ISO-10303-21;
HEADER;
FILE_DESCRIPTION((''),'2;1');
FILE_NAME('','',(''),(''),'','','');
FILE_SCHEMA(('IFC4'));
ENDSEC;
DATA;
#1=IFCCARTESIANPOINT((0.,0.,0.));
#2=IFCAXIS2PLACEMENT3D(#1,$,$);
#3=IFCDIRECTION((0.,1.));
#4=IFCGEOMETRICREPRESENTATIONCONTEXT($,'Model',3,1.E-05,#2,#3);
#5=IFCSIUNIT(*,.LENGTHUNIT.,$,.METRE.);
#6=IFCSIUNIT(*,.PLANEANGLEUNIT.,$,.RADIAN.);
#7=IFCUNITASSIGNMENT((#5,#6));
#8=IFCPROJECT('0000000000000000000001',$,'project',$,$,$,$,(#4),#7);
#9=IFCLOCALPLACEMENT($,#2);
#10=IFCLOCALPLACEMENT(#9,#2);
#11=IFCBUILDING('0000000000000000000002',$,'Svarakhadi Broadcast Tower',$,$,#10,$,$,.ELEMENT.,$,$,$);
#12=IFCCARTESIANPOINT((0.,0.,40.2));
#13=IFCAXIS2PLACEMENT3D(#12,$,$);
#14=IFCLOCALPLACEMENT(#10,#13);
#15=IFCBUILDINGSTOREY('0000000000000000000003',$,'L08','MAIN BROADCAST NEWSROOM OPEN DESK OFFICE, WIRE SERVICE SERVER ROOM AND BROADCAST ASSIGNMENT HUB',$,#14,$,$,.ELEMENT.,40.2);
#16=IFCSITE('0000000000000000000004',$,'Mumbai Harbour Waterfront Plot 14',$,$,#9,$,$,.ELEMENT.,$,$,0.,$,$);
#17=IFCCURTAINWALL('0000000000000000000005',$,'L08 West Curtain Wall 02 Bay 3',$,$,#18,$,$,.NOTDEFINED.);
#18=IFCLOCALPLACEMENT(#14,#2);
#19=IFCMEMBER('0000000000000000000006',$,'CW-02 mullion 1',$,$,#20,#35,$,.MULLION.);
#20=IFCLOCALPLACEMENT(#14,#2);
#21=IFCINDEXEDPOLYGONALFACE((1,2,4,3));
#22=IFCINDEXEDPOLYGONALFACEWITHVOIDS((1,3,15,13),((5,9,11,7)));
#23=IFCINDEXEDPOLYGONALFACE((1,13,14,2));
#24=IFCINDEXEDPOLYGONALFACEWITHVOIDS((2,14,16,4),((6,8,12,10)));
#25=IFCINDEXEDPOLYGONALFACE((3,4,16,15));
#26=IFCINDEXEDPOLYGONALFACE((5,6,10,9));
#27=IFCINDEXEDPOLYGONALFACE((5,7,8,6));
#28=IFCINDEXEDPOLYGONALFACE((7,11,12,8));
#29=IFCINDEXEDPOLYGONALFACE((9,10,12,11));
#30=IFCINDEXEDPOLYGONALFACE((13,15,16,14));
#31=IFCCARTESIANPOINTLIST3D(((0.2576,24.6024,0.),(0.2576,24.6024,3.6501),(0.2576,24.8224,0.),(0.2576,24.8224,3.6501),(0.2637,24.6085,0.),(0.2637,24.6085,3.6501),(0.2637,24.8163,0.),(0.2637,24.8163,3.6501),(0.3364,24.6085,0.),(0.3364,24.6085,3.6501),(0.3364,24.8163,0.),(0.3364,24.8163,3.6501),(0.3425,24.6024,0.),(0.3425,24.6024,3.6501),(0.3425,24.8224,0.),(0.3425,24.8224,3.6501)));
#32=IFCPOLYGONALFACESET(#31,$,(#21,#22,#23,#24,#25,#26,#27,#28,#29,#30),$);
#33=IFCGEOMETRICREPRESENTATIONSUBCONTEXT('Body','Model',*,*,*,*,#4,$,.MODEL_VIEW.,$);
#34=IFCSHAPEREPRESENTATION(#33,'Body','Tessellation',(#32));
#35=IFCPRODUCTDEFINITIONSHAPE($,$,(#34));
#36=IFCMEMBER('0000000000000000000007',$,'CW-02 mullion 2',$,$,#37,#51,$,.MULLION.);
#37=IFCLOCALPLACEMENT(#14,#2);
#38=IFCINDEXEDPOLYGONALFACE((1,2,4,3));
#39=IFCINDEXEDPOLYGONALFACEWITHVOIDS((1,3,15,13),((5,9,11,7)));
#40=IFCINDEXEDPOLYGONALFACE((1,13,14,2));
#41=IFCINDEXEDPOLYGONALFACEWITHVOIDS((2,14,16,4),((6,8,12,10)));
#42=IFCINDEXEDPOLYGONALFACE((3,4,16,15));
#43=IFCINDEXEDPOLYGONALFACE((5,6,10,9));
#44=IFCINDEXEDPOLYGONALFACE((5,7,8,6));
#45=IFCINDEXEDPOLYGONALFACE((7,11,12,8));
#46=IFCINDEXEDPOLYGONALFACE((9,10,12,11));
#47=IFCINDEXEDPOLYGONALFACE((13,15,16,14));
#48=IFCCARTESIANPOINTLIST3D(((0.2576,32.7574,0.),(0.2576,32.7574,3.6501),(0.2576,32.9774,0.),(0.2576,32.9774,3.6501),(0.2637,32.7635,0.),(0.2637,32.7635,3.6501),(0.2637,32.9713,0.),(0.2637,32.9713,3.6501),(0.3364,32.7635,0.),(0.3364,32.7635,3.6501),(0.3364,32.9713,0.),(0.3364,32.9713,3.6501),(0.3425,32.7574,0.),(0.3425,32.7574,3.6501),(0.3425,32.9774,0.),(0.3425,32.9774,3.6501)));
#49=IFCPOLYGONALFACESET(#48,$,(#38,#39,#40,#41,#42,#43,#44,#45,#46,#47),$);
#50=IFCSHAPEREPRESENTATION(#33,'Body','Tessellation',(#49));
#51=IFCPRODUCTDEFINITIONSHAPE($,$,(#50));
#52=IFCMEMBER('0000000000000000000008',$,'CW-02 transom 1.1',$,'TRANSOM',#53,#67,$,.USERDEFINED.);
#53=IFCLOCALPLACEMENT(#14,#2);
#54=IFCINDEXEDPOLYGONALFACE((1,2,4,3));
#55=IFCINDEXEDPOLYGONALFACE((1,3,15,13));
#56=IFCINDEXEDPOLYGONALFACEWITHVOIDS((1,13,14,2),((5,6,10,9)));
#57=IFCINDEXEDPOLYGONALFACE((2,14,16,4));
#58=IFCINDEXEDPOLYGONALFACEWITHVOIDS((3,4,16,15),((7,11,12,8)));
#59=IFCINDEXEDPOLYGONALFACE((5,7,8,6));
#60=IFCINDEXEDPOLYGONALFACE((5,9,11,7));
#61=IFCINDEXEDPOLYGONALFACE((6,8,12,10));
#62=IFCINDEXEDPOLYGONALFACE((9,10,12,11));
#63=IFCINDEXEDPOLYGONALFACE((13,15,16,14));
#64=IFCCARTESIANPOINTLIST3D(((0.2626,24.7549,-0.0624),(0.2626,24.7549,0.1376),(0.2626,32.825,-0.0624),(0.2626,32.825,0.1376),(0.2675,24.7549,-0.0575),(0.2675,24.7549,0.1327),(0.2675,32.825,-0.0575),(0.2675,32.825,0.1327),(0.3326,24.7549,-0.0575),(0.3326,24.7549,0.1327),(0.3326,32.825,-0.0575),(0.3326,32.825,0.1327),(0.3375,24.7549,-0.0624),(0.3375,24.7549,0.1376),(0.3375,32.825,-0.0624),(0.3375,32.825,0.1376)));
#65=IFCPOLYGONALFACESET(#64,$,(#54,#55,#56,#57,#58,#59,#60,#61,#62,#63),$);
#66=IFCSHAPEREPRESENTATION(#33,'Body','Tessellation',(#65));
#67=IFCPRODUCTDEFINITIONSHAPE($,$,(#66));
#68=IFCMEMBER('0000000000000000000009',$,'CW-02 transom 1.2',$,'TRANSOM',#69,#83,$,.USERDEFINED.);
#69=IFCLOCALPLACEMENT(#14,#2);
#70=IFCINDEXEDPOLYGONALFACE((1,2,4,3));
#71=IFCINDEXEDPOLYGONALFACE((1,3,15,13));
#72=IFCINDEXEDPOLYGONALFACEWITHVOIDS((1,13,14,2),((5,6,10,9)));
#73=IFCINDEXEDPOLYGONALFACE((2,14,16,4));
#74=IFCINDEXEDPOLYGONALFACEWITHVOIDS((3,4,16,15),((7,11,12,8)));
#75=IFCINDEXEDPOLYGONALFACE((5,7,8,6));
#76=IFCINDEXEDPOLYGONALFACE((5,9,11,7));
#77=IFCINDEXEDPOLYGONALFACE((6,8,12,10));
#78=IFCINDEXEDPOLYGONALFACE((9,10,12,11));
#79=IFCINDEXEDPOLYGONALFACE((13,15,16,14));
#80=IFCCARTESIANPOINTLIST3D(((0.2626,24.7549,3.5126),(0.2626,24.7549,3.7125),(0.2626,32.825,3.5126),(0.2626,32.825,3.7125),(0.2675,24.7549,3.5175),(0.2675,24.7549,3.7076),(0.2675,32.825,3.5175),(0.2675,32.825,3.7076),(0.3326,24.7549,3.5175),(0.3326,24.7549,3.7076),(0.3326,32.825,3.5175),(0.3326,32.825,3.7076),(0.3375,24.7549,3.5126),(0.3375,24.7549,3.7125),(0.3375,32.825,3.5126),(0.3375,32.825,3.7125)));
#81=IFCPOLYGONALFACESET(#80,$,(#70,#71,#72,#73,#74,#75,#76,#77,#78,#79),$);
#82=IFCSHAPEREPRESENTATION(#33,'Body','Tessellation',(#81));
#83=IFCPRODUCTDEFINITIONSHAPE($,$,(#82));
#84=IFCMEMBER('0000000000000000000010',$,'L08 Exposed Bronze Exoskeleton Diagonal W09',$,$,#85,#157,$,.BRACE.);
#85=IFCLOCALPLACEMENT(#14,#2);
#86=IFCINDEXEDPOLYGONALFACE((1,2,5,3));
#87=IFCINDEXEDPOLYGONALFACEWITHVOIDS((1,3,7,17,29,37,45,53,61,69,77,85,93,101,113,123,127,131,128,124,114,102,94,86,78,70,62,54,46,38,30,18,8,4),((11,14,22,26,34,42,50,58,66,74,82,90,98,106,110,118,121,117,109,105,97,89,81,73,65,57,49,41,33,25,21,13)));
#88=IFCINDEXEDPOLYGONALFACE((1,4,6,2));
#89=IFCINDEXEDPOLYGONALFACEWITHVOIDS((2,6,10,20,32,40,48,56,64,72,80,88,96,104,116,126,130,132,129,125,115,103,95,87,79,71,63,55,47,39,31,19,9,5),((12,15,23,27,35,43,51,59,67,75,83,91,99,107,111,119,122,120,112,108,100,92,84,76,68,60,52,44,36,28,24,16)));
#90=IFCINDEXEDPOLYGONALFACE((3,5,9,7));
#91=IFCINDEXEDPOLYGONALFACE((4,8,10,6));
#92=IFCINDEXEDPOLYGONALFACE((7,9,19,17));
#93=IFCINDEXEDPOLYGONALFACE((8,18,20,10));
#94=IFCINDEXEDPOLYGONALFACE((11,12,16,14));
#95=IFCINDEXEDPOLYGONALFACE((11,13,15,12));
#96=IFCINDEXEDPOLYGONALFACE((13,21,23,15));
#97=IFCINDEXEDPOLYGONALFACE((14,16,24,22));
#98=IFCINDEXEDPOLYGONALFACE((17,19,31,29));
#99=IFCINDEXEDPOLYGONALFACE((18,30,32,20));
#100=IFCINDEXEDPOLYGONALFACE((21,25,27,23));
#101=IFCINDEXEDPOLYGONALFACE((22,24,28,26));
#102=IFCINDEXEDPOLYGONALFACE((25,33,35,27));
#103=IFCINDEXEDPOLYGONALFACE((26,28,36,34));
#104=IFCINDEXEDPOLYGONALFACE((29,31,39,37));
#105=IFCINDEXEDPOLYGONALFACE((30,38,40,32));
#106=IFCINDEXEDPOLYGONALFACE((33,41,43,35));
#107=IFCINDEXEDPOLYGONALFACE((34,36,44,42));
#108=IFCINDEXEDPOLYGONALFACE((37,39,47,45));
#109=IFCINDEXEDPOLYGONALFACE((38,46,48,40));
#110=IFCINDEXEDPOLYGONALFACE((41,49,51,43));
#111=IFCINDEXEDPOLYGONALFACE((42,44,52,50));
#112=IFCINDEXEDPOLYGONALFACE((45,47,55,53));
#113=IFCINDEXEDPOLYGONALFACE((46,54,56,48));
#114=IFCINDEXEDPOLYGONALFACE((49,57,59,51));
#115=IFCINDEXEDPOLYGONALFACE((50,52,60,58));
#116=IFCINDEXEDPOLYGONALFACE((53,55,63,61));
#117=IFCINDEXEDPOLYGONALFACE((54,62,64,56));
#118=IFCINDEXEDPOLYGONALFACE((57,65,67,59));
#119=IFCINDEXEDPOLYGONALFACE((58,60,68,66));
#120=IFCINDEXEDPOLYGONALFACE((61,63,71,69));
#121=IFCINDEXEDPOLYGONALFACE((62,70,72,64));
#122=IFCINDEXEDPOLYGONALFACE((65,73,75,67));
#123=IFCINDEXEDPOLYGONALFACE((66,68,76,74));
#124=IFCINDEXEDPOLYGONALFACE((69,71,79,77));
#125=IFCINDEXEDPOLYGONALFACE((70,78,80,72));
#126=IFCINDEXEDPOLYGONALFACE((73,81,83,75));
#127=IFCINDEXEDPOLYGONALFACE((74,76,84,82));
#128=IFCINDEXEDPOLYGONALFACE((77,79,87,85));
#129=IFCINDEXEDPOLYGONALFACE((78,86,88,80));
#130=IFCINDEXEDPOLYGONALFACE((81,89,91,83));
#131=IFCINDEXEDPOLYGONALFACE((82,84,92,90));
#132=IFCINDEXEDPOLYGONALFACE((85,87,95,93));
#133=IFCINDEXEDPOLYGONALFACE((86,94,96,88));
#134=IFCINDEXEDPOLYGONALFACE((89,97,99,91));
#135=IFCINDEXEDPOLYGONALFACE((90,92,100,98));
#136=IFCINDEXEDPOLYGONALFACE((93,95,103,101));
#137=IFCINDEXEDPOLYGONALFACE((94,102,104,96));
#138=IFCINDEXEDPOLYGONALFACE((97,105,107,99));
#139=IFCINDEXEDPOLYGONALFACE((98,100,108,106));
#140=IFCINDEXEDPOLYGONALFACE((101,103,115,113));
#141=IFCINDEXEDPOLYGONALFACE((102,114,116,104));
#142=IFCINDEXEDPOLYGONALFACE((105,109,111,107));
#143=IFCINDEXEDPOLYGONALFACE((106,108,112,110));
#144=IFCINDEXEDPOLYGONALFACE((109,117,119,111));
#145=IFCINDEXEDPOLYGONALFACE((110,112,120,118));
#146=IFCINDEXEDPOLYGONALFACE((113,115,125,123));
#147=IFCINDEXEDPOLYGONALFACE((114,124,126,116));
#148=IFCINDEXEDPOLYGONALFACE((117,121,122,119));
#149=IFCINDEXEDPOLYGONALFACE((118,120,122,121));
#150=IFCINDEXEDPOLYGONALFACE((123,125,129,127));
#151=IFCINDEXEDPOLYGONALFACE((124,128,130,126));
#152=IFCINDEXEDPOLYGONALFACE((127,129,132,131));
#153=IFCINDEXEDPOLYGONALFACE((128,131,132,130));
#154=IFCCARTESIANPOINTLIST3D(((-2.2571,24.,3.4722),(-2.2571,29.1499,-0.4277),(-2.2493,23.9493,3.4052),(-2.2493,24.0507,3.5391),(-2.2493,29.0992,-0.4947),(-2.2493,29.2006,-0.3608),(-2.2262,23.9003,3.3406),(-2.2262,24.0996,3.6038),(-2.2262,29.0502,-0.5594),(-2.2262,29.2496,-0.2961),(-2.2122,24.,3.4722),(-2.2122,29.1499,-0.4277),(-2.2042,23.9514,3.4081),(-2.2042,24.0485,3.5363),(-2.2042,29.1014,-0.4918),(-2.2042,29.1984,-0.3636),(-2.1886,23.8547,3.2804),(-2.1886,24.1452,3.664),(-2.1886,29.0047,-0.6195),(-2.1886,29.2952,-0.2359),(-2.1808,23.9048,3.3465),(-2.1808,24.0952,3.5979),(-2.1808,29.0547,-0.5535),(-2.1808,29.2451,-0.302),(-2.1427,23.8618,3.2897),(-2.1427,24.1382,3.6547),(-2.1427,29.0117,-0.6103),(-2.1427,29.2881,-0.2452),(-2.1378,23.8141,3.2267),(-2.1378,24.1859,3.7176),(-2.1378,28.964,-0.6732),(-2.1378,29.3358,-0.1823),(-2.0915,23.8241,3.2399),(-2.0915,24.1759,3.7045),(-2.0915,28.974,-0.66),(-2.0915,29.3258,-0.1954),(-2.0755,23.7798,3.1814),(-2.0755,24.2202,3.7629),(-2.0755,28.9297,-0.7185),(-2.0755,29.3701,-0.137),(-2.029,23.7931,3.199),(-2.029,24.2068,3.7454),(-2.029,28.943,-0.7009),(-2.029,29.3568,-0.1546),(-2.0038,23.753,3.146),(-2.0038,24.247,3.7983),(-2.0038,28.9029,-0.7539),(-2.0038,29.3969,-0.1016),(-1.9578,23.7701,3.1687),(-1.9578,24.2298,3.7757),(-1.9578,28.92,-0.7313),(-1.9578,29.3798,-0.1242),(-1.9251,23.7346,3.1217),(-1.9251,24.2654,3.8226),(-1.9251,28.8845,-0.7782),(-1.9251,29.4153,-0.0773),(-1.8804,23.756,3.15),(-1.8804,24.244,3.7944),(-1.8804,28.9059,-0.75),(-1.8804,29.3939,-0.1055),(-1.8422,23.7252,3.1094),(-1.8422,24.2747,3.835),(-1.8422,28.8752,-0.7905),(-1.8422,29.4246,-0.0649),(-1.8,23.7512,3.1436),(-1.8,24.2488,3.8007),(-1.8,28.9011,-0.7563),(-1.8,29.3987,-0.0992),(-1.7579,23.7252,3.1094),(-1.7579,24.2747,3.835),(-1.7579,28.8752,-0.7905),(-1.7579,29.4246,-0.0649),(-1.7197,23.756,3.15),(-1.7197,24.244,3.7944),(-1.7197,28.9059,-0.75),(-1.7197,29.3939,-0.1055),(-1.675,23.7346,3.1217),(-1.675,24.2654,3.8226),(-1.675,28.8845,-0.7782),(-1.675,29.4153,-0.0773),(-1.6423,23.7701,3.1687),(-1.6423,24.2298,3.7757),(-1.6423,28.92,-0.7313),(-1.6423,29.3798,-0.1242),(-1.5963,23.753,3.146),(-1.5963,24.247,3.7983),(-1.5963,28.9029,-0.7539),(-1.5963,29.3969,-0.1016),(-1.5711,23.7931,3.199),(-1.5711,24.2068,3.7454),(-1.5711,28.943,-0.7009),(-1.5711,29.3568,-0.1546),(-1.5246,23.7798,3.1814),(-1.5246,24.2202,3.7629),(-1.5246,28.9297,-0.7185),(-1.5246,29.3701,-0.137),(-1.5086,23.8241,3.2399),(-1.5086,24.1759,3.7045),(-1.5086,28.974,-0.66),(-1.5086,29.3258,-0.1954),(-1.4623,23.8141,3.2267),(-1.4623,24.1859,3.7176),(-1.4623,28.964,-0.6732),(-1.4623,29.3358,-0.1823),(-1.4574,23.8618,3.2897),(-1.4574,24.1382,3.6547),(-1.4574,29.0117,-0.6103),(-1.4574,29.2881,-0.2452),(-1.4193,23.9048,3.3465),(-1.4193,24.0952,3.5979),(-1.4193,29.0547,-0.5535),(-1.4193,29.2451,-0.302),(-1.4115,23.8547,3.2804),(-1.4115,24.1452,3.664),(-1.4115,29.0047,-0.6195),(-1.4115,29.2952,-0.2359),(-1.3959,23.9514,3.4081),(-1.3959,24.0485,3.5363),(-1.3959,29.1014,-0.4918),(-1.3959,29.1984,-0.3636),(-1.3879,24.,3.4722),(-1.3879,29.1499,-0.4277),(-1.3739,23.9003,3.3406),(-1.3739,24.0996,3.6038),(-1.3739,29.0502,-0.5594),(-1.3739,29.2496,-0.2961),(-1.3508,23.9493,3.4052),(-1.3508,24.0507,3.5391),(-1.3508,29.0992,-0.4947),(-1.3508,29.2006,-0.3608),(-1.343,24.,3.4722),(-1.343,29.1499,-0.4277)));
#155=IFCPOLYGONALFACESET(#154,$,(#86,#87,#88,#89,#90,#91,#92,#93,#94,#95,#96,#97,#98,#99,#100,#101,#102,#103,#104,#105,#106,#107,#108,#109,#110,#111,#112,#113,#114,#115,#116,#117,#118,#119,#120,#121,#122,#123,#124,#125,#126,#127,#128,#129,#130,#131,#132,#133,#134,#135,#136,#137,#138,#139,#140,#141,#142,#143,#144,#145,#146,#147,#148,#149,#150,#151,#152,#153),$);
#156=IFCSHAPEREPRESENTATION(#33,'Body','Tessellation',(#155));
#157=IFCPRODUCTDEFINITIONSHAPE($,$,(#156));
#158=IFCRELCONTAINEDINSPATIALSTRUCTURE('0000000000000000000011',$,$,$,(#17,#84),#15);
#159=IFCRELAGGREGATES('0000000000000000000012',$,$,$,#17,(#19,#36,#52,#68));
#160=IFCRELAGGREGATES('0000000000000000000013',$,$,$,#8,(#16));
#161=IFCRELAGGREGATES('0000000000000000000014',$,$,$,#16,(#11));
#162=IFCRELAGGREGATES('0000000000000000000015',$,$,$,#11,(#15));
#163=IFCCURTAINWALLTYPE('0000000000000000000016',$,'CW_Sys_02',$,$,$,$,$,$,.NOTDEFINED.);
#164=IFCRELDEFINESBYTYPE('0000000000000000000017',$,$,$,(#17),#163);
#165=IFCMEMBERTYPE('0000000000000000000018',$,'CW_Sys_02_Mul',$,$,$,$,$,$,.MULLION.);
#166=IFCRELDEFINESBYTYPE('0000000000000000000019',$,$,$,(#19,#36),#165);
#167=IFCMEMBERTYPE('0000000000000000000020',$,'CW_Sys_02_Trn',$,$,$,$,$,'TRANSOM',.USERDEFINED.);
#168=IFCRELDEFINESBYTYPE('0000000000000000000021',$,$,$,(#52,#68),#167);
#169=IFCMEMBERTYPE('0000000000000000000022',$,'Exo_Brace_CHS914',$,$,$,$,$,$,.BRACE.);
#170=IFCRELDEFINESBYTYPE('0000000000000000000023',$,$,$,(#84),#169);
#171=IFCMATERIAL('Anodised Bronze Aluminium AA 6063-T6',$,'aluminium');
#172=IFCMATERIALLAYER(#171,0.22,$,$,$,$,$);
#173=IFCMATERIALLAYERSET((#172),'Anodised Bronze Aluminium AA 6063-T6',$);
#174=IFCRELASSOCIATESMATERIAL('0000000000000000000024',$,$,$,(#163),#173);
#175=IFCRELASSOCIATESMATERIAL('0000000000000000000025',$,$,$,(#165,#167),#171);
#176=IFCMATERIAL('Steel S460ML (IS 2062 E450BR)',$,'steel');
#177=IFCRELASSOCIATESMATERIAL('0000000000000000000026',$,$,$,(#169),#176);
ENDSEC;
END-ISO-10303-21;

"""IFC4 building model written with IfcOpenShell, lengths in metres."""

from ifc_helpers import new_model, si_unit, direction, frame, origin, origin_2d, place, context, subcontext, project, spatial, hollow_rectangle, hollow_circle, extrude, material, layer, layer_set, material_profile, profile_set, type_object, element, aggregate, save


model = new_model("IFC4")

# Units and contexts
model_context = context("Model", 3, precision=1e-05, world=origin(), true_north=direction((0.0, 1.0)))
body_context = subcontext(model_context, "Body", "Model", "MODEL_VIEW")
ifc_project = project(units=[si_unit("LENGTHUNIT", "METRE"), si_unit("PLANEANGLEUNIT", "RADIAN")], contexts=[model_context])

# Site, building, storey
site_placement = place(None, origin())
site = spatial("IfcSite", under=ifc_project, at=site_placement, Name="Mumbai Harbour Waterfront Plot 14", CompositionType="ELEMENT", RefElevation=0.0)
building_placement = place(site_placement, origin())
building = spatial("IfcBuilding", under=site, at=building_placement, Name="Svarakhadi Broadcast Tower", CompositionType="ELEMENT")
storey_placement = place(building_placement, frame((0.0, 0.0, 40.2)))
storey = spatial("IfcBuildingStorey", under=building, at=storey_placement, Name="L08", Description="MAIN BROADCAST NEWSROOM OPEN DESK OFFICE, WIRE SERVICE SERVER ROOM AND BROADCAST ASSIGNMENT HUB", CompositionType="ELEMENT", Elevation=40.2)

# Shared definitions
ifc_material_1 = material(Name="Steel S460ML (IS 2062 E450BR)", Category="steel")

# Curtain wall, members
ifc_material_2 = material(Name="Anodised Bronze Aluminium AA 6063-T6", Category="aluminium")
ifc_layer_1 = layer(ifc_material_2, 0.22)
ifc_layer_set_1 = layer_set([ifc_layer_1], Name="Anodised Bronze Aluminium AA 6063-T6")
curtain_wall_type = type_object("IfcCurtainWallType", Name="CW_Sys_02", PredefinedType="NOTDEFINED", material=ifc_layer_set_1)
curtain_wall_placement = place(storey_placement, origin())
curtain_wall = element("IfcCurtainWall", 1, at=curtain_wall_placement, inside=storey, type_object=curtain_wall_type, Name="L08 West Curtain Wall 02 Bay 3", PredefinedType="NOTDEFINED")
ifc_material_profile_1 = material_profile(ifc_material_2, hollow_rectangle(XDim=0.085, YDim=0.22, WallThickness=0.0061, at=origin_2d()), Name="ALU MULLION 220x85x6")
ifc_profile_set_1 = profile_set([ifc_material_profile_1], Name="Anodised Bronze Aluminium AA 6063-T6")
member_type_1 = type_object("IfcMemberType", Name="CW_Sys_02_Mul", PredefinedType="MULLION", material=ifc_profile_set_1)
member_1_placement = place(storey_placement, frame((0.3, 24.7124, 0.0), z_axis=(0.0, 0.0, 1.0), x_axis=(-1.0, 0.0, 0.0)))
member_1 = element("IfcMember", 2, at=member_1_placement, type_object=member_type_1, Name="CW-02 mullion 1", PredefinedType="MULLION", context=body_context, shape_type="SweptSolid", body=[
    extrude(hollow_rectangle(XDim=0.085, YDim=0.22, WallThickness=0.0061, at=origin_2d()), origin(), (0.0, 0.0, 1.0), 3.6501),
])
member_2_placement = place(storey_placement, frame((0.3, 32.8674, 0.0), z_axis=(0.0, 0.0, 1.0), x_axis=(-1.0, 0.0, 0.0)))
member_2 = element("IfcMember", 3, at=member_2_placement, type_object=member_type_1, Name="CW-02 mullion 2", PredefinedType="MULLION", context=body_context, shape_type="SweptSolid", body=[
    extrude(hollow_rectangle(XDim=0.085, YDim=0.22, WallThickness=0.0061, at=origin_2d()), origin(), (0.0, 0.0, 1.0), 3.6501),
])
ifc_material_profile_2 = material_profile(ifc_material_2, hollow_rectangle(XDim=0.075, YDim=0.2, WallThickness=0.0049, at=origin_2d()), Name="ALU TRANSOM 200x75x5")
ifc_profile_set_2 = profile_set([ifc_material_profile_2], Name="Anodised Bronze Aluminium AA 6063-T6")
member_type_2 = type_object("IfcMemberType", Name="CW_Sys_02_Trn", ElementType="TRANSOM", PredefinedType="USERDEFINED", material=ifc_profile_set_2)
member_3_placement = place(storey_placement, frame((0.3, 24.7549, 0.0376), z_axis=(0.0, 1.0, 0.0), x_axis=(-1.0, 0.0, 0.0)))
member_3 = element("IfcMember", 4, at=member_3_placement, type_object=member_type_2, Name="CW-02 transom 1.1", ObjectType="TRANSOM", PredefinedType="USERDEFINED", context=body_context, shape_type="SweptSolid", body=[
    extrude(hollow_rectangle(XDim=0.075, YDim=0.2, WallThickness=0.0049, at=origin_2d()), origin(), (0.0, 0.0, 1.0), 8.0701),
])
member_4_placement = place(storey_placement, frame((0.3, 24.7549, 3.6125), z_axis=(0.0, 1.0, 0.0), x_axis=(-1.0, 0.0, 0.0)))
member_4 = element("IfcMember", 5, at=member_4_placement, type_object=member_type_2, Name="CW-02 transom 1.2", ObjectType="TRANSOM", PredefinedType="USERDEFINED", context=body_context, shape_type="SweptSolid", body=[
    extrude(hollow_rectangle(XDim=0.075, YDim=0.2, WallThickness=0.0049, at=origin_2d()), origin(), (0.0, 0.0, 1.0), 8.0701),
])

# Member
ifc_material_profile_3 = material_profile(ifc_material_1, hollow_circle(Radius=0.457, WallThickness=0.0449, at=origin_2d()), Name="CHS 914x45")
ifc_profile_set_3 = profile_set([ifc_material_profile_3], Name="Steel S460ML (IS 2062 E450BR)")
member_type_3 = type_object("IfcMemberType", Name="Exo_Brace_CHS914", PredefinedType="BRACE", material=ifc_profile_set_3)
member_5_placement = place(storey_placement, frame((-1.8, 29.1499, -0.4277), z_axis=(0.0, -0.797207, 0.603706), x_axis=(1.0, 0.0, 0.0)))
element("IfcMember", 6, at=member_5_placement, inside=storey, type_object=member_type_3, Name="L08 Exposed Bronze Exoskeleton Diagonal W09", PredefinedType="BRACE", context=body_context, shape_type="SweptSolid", body=[
    extrude(hollow_circle(Radius=0.457, WallThickness=0.0449, at=origin_2d()), origin(), (0.0, 0.0, 1.0), 6.46),
])

aggregate(curtain_wall, [member_1, member_2, member_3, member_4])

save(model, "model.ifc")
